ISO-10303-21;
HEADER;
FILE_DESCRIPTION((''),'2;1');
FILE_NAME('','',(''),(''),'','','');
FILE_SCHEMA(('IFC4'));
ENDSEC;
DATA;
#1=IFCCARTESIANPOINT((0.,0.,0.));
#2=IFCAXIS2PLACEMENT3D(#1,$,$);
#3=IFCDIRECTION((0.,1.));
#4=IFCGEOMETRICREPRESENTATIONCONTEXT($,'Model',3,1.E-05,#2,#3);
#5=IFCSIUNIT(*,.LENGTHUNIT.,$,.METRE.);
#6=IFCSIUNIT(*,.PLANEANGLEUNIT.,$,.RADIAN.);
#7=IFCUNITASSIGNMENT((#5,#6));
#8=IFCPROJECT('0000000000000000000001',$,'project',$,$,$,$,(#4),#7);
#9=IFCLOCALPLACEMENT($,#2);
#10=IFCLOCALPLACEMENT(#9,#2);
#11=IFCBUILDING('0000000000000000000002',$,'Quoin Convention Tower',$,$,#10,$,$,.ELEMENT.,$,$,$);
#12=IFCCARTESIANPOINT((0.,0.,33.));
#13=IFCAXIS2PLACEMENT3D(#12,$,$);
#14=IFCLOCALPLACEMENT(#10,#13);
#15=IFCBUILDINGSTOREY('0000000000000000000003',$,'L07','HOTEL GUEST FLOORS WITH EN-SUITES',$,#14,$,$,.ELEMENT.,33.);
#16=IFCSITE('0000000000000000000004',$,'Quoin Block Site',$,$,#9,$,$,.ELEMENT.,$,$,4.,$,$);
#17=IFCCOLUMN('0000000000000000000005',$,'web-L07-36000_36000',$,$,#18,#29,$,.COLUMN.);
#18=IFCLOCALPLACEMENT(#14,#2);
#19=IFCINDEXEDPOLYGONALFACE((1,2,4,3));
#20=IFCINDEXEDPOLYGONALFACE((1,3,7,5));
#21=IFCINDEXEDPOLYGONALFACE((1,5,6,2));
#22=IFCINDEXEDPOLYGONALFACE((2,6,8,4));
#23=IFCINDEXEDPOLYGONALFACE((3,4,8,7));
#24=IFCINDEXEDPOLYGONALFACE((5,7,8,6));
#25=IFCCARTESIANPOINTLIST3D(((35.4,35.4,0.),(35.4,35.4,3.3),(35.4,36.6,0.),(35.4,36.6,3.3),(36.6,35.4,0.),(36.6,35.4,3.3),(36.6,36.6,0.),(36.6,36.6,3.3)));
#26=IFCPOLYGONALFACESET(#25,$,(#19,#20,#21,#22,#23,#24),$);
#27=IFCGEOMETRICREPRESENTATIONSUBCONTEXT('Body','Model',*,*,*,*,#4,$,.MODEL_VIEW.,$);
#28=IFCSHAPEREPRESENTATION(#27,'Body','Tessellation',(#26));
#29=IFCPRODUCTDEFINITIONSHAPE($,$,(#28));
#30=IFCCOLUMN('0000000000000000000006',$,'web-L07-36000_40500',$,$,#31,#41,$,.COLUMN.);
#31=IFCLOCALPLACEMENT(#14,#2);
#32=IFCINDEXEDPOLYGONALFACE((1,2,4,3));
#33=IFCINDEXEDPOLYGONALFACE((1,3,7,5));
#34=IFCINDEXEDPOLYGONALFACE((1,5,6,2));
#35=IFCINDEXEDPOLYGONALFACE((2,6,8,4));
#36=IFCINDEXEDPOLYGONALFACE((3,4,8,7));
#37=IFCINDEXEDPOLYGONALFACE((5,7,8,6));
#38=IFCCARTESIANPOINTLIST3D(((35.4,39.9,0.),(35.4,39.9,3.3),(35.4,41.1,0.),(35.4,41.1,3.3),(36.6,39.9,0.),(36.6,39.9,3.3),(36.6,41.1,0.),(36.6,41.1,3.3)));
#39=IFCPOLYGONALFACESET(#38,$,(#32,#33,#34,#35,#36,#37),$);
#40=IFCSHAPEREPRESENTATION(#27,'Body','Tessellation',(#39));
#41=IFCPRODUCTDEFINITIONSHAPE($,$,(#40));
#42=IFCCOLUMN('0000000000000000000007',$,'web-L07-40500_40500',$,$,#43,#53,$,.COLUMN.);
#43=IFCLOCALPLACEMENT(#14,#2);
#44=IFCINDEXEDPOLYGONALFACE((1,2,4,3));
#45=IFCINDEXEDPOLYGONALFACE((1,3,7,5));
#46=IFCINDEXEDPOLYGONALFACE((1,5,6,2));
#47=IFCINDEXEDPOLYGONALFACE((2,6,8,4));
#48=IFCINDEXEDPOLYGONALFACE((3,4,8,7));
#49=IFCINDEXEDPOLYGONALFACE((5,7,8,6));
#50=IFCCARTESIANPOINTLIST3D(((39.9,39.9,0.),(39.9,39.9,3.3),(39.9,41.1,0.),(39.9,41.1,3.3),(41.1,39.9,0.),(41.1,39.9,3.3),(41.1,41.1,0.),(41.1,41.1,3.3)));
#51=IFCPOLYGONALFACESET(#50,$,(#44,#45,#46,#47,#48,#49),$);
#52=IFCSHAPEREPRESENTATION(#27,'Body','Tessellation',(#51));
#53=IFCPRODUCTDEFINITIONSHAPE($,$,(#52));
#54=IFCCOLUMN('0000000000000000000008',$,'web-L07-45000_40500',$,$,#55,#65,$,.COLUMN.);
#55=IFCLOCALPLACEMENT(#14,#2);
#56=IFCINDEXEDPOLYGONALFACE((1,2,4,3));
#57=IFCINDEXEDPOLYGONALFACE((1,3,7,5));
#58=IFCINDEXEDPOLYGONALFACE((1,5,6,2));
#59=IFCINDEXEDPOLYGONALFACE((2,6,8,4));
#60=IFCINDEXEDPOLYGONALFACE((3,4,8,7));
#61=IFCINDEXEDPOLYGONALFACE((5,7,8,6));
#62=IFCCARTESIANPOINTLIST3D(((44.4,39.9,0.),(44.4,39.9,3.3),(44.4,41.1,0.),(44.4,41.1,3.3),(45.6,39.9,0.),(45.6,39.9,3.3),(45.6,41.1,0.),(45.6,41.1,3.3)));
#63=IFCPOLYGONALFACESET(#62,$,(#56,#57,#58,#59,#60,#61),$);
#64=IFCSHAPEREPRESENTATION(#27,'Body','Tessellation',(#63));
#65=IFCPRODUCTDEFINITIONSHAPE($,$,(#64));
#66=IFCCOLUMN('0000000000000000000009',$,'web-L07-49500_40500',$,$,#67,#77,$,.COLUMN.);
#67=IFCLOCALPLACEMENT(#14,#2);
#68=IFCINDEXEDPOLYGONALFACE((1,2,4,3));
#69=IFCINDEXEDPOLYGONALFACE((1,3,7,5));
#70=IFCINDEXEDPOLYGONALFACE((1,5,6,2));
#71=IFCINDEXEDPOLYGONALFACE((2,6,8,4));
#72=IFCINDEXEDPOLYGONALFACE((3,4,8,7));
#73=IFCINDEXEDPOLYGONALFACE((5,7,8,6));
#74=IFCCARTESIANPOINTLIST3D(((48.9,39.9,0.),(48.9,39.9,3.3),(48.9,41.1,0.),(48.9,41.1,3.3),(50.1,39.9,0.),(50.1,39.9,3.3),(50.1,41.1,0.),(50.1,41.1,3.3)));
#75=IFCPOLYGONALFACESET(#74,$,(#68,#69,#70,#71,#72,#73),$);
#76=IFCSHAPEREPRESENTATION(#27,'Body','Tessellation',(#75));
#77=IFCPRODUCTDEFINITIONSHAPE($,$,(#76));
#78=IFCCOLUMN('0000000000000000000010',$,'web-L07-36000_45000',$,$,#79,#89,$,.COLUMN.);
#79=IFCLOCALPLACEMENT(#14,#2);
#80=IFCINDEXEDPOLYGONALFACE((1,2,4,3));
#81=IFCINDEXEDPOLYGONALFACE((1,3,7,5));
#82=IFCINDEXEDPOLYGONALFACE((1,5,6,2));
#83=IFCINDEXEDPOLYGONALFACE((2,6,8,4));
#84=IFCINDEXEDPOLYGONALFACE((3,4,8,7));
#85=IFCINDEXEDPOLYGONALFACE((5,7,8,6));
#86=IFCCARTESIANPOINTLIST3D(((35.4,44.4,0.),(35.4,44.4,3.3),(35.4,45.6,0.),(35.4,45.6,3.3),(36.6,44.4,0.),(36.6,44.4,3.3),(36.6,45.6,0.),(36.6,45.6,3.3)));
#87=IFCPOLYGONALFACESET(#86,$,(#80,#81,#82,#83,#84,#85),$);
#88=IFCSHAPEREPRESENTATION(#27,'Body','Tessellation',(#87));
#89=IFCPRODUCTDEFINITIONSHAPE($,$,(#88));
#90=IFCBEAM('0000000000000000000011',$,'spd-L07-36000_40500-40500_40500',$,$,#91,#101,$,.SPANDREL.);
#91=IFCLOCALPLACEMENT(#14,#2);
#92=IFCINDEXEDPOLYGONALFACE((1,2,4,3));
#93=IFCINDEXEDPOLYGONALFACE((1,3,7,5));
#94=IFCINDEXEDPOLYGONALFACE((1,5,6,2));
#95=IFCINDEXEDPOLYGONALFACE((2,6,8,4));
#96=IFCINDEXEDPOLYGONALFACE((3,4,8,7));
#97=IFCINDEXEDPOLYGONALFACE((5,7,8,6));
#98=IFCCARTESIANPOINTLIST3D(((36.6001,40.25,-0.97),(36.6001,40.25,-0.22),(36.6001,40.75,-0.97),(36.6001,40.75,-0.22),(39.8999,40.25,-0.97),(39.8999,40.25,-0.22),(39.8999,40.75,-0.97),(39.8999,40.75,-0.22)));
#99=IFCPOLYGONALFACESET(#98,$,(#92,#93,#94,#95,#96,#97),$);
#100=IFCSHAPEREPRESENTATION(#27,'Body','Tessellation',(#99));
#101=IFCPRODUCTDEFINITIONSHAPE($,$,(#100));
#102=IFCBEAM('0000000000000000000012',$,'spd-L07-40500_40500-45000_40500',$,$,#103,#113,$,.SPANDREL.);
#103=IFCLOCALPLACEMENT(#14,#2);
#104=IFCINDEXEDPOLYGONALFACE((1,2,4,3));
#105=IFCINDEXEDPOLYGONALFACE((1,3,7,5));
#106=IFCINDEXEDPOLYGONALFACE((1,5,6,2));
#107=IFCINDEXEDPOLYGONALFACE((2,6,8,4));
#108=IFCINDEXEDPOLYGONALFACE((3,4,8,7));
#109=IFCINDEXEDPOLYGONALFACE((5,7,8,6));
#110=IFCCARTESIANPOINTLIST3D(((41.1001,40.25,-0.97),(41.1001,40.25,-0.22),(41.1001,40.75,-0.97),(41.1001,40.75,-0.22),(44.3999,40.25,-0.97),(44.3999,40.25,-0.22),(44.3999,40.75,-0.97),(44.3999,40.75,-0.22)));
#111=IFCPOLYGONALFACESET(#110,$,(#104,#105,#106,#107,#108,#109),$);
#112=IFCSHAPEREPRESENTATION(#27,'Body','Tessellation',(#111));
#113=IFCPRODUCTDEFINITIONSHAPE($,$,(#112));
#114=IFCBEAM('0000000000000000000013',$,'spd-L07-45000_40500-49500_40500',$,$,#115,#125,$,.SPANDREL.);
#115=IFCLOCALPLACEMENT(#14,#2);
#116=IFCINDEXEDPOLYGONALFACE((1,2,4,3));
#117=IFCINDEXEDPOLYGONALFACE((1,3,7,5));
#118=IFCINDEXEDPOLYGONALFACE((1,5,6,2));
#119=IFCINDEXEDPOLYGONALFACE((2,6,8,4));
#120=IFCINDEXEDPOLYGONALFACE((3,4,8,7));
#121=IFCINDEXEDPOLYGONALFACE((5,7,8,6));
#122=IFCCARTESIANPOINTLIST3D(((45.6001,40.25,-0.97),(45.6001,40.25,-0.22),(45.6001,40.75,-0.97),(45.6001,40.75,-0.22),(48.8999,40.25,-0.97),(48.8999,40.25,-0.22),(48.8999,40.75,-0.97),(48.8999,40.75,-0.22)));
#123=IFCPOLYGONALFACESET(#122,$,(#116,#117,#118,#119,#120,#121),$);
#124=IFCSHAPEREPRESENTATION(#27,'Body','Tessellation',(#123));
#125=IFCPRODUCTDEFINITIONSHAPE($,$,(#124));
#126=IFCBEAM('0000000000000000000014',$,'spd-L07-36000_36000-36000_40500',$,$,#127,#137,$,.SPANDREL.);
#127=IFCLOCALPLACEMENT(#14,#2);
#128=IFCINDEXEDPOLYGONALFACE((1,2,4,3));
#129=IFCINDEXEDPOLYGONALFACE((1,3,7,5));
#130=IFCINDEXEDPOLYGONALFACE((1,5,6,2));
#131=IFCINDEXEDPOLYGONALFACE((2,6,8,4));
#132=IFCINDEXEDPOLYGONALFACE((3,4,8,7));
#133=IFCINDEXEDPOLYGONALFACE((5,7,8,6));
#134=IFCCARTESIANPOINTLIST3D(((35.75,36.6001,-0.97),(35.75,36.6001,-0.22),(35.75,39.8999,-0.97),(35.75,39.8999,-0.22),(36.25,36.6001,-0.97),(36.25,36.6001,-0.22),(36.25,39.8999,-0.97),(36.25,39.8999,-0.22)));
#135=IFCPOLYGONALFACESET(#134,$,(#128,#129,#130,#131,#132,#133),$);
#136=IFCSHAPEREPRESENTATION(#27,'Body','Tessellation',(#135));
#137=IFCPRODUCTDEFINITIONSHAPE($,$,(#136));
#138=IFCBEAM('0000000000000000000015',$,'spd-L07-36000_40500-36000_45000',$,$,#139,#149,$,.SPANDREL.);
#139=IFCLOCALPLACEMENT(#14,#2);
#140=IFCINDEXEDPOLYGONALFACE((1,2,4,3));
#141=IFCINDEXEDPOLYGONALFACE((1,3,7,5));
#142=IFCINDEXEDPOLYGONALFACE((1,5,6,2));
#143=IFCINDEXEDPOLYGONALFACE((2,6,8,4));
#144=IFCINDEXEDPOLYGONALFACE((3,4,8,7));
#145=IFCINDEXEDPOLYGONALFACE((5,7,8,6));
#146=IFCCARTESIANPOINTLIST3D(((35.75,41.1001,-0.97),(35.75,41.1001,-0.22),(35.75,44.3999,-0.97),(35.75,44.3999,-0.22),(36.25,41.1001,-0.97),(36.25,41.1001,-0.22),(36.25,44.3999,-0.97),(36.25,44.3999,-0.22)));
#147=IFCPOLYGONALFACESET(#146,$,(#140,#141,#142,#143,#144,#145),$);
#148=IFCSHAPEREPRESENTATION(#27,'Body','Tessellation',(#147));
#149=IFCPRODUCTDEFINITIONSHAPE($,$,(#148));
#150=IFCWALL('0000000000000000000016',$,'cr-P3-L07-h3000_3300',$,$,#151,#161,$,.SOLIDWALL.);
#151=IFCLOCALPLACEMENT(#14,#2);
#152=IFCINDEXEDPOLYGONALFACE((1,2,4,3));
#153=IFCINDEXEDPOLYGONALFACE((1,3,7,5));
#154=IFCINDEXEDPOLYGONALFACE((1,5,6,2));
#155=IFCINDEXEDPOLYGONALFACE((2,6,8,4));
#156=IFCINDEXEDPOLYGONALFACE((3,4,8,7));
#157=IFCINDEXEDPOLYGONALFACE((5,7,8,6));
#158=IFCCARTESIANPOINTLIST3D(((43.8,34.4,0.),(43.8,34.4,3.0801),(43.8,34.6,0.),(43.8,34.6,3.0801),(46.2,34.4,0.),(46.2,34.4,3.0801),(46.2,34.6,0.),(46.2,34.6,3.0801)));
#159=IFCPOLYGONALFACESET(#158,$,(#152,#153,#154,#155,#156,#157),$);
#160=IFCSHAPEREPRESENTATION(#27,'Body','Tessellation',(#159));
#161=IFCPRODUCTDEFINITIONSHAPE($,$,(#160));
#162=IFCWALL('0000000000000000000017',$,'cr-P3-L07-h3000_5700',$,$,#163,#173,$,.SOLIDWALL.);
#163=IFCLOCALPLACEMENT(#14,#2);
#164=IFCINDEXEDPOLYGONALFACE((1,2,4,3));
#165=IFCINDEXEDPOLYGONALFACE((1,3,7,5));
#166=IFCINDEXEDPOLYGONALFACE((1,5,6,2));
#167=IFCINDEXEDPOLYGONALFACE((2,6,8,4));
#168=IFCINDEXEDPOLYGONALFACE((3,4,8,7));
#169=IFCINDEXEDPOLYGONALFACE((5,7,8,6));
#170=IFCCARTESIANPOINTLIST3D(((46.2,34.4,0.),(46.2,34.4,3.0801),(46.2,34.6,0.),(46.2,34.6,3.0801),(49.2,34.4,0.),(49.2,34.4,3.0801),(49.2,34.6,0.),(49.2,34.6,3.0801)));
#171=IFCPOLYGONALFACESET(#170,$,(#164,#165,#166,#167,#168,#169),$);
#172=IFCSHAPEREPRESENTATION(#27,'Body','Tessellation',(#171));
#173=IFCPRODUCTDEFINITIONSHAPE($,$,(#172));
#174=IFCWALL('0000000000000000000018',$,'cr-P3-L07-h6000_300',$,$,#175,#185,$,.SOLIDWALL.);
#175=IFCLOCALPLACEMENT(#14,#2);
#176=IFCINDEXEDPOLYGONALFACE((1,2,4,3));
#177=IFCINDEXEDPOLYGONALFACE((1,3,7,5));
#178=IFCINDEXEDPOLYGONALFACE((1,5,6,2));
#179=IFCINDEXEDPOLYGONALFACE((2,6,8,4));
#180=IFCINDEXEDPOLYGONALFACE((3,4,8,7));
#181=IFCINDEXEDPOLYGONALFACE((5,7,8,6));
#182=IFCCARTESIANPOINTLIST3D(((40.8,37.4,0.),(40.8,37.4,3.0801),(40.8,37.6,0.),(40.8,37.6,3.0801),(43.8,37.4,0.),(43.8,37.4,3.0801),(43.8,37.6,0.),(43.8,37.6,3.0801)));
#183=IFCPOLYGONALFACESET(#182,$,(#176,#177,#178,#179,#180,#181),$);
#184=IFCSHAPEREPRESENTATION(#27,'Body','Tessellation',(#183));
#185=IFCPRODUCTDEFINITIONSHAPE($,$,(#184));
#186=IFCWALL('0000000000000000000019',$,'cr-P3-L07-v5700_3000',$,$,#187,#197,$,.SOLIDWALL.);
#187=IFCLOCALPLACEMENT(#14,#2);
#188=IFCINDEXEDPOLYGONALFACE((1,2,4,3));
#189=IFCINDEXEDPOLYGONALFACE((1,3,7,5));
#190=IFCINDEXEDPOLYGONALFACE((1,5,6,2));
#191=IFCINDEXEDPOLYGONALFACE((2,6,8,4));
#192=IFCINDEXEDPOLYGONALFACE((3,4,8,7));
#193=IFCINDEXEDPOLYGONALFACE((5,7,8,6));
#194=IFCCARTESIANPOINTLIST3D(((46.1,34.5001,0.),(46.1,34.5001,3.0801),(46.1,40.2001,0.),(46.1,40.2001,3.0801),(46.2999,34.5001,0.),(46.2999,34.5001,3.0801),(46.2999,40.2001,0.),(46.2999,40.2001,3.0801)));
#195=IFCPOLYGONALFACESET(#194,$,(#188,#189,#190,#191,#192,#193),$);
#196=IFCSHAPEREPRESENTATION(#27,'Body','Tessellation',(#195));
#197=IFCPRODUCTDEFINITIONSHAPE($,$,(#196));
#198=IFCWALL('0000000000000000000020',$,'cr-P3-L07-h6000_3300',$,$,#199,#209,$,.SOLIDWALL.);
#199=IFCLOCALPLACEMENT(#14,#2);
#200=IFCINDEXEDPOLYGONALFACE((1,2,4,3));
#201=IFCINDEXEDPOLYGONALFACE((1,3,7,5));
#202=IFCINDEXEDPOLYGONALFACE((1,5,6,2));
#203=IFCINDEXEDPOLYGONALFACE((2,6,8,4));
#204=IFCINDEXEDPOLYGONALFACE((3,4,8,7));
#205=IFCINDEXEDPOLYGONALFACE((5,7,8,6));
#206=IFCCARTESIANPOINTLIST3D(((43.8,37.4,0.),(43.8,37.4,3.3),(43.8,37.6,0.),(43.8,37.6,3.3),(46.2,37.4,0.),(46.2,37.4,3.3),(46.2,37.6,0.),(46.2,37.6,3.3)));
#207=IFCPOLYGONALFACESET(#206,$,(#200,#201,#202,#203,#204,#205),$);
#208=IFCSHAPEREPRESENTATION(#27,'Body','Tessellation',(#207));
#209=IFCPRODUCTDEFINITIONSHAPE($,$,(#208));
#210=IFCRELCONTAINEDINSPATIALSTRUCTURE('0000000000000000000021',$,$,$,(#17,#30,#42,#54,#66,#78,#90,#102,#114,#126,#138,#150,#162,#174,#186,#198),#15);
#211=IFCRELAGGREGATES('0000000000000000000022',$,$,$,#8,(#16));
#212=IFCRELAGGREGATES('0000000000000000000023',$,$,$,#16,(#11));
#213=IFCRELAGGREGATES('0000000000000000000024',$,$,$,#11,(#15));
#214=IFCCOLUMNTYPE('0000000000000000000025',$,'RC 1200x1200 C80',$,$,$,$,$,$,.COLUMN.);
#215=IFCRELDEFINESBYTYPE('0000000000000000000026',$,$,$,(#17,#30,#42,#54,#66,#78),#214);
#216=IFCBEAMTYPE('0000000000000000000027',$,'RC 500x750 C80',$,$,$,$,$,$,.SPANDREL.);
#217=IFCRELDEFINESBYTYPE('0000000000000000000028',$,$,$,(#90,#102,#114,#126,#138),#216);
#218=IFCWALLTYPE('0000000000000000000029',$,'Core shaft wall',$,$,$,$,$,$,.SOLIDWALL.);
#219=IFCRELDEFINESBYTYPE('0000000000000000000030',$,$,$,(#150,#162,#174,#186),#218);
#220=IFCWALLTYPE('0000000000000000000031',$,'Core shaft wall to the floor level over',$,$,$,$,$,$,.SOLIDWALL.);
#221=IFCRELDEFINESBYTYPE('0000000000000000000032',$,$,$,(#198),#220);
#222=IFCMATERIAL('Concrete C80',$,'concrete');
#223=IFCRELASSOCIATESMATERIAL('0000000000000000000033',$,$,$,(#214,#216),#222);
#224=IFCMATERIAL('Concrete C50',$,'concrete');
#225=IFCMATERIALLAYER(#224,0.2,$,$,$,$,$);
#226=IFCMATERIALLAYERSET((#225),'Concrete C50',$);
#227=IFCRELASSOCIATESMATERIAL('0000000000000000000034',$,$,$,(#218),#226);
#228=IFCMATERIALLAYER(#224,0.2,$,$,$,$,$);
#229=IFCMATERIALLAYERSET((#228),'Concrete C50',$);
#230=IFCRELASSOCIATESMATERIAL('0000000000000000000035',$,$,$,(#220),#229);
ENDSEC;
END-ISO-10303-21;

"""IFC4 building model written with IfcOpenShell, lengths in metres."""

from ifc_helpers import new_model, si_unit, direction, frame, frame_2d, origin, origin_2d, place, context, subcontext, project, spatial, rectangle, extrude, material, layer, layer_set, material_profile, profile_set, type_object, element, save


model = new_model("IFC4")

# Units and contexts
model_context = context("Model", 3, precision=1e-05, world=origin(), true_north=direction((0.0, 1.0)))
body_context = subcontext(model_context, "Body", "Model", "MODEL_VIEW")
ifc_project = project(units=[si_unit("LENGTHUNIT", "METRE"), si_unit("PLANEANGLEUNIT", "RADIAN")], contexts=[model_context])

# Site, building, storey
site_placement = place(None, origin())
site = spatial("IfcSite", under=ifc_project, at=site_placement, Name="Quoin Block Site", CompositionType="ELEMENT", RefElevation=4.0)
building_placement = place(site_placement, origin())
building = spatial("IfcBuilding", under=site, at=building_placement, Name="Quoin Convention Tower", CompositionType="ELEMENT")
storey_placement = place(building_placement, frame((0.0, 0.0, 33.0)))
storey = spatial("IfcBuildingStorey", under=building, at=storey_placement, Name="L07", Description="HOTEL GUEST FLOORS WITH EN-SUITES", CompositionType="ELEMENT", Elevation=33.0)

# Columns
ifc_material_1 = material(Name="Concrete C80", Category="concrete")
ifc_material_profile_1 = material_profile(ifc_material_1, rectangle(XDim=1.2, YDim=1.2, at=origin_2d()), Name="RC 1200x1200")
ifc_profile_set_1 = profile_set([ifc_material_profile_1], Name="Concrete C80")
column_type = type_object("IfcColumnType", Name="RC 1200x1200 C80", PredefinedType="COLUMN", material=ifc_profile_set_1)
for number, where, z_axis, x_axis, name in (
    (1, (36.0, 36.0, 0.0), (0.0, 0.0, 1.0), (1.0, 0.0, 0.0), "web-L07-36000_36000"),
    (2, (36.0, 40.5, 0.0), (0.0, 0.0, 1.0), (1.0, 0.0, 0.0), "web-L07-36000_40500"),
    (3, (40.5, 40.5, 0.0), (0.0, 0.0, 1.0), (1.0, 0.0, 0.0), "web-L07-40500_40500"),
    (4, (45.0, 40.5, 0.0), (0.0, 0.0, 1.0), (1.0, 0.0, 0.0), "web-L07-45000_40500"),
    (5, (49.5, 40.5, 0.0), (0.0, 0.0, 1.0), (1.0, 0.0, 0.0), "web-L07-49500_40500"),
    (6, (36.0, 45.0, 0.0), (0.0, 0.0, 1.0), (1.0, 0.0, 0.0), "web-L07-36000_45000"),
):
    element("IfcColumn", number, at=place(storey_placement, frame(where, z_axis=z_axis, x_axis=x_axis)), inside=storey, type_object=column_type, Name=name, PredefinedType="COLUMN", context=body_context, shape_type="SweptSolid", body=[
        extrude(rectangle(XDim=1.2, YDim=1.2, at=origin_2d()), origin(), (0.0, 0.0, 1.0), 3.3),
    ])

# Beams
ifc_material_profile_2 = material_profile(ifc_material_1, rectangle(XDim=0.5, YDim=0.75, at=origin_2d()), Name="RC 500x750")
ifc_profile_set_2 = profile_set([ifc_material_profile_2], Name="Concrete C80")
beam_type = type_object("IfcBeamType", Name="RC 500x750 C80", PredefinedType="SPANDREL", material=ifc_profile_set_2)
for number, where, z_axis, x_axis, name in (
    (7, (36.6001, 40.5, -0.595), (1.0, 0.0, 0.0), (0.0, 1.0, 0.0), "spd-L07-36000_40500-40500_40500"),
    (8, (41.1001, 40.5, -0.595), (1.0, 0.0, 0.0), (0.0, 1.0, 0.0), "spd-L07-40500_40500-45000_40500"),
    (9, (45.6001, 40.5, -0.595), (1.0, 0.0, 0.0), (0.0, 1.0, 0.0), "spd-L07-45000_40500-49500_40500"),
    (10, (36.0, 36.6001, -0.595), (0.0, 1.0, 0.0), (-1.0, 0.0, 0.0), "spd-L07-36000_36000-36000_40500"),
    (11, (36.0, 41.1001, -0.595), (0.0, 1.0, 0.0), (-1.0, 0.0, 0.0), "spd-L07-36000_40500-36000_45000"),
):
    element("IfcBeam", number, at=place(storey_placement, frame(where, z_axis=z_axis, x_axis=x_axis)), inside=storey, type_object=beam_type, Name=name, PredefinedType="SPANDREL", context=body_context, shape_type="SweptSolid", body=[
        extrude(rectangle(XDim=0.5, YDim=0.75, at=origin_2d()), origin(), (0.0, 0.0, 1.0), 3.2998),
    ])

# Walls
ifc_material_2 = material(Name="Concrete C50", Category="concrete")
ifc_layer_1 = layer(ifc_material_2, 0.2)
ifc_layer_set_1 = layer_set([ifc_layer_1], Name="Concrete C50")
wall_type_1 = type_object("IfcWallType", Name="Core shaft wall", PredefinedType="SOLIDWALL", material=ifc_layer_set_1)
wall_1_placement = place(storey_placement, frame((43.8, 34.5, 0.0), z_axis=(0.0, 0.0, 1.0), x_axis=(1.0, 0.0, 0.0)))
element("IfcWall", 12, at=wall_1_placement, inside=storey, type_object=wall_type_1, Name="cr-P3-L07-h3000_3300", PredefinedType="SOLIDWALL", context=body_context, shape_type="SweptSolid", body=[
    extrude(rectangle(XDim=2.3999, YDim=0.2, at=frame_2d((1.2, 0.0))), origin(), (0.0, 0.0, 1.0), 3.0801),
])
for number, where, z_axis, x_axis, name in (
    (13, (46.2, 34.5, 0.0), (0.0, 0.0, 1.0), (1.0, 0.0, 0.0), "cr-P3-L07-h3000_5700"),
    (14, (40.8, 37.5, 0.0), (0.0, 0.0, 1.0), (1.0, 0.0, 0.0), "cr-P3-L07-h6000_300"),
):
    element("IfcWall", number, at=place(storey_placement, frame(where, z_axis=z_axis, x_axis=x_axis)), inside=storey, type_object=wall_type_1, Name=name, PredefinedType="SOLIDWALL", context=body_context, shape_type="SweptSolid", body=[
        extrude(rectangle(XDim=3.0, YDim=0.2, at=frame_2d((1.5, 0.0))), origin(), (0.0, 0.0, 1.0), 3.0801),
    ])
wall_2_placement = place(storey_placement, frame((46.2, 34.5, 0.0), z_axis=(0.0, 0.0, 1.0), x_axis=(0.0, 1.0, 0.0)))
element("IfcWall", 15, at=wall_2_placement, inside=storey, type_object=wall_type_1, Name="cr-P3-L07-v5700_3000", PredefinedType="SOLIDWALL", context=body_context, shape_type="SweptSolid", body=[
    extrude(rectangle(XDim=5.7, YDim=0.2, at=frame_2d((2.8501, 0.0))), origin(), (0.0, 0.0, 1.0), 3.0801),
])
ifc_layer_2 = layer(ifc_material_2, 0.2)
ifc_layer_set_2 = layer_set([ifc_layer_2], Name="Concrete C50")
wall_type_2 = type_object("IfcWallType", Name="Core shaft wall to the floor level over", PredefinedType="SOLIDWALL", material=ifc_layer_set_2)
wall_3_placement = place(storey_placement, frame((43.8, 37.5, 0.0), z_axis=(0.0, 0.0, 1.0), x_axis=(1.0, 0.0, 0.0)))
element("IfcWall", 16, at=wall_3_placement, inside=storey, type_object=wall_type_2, Name="cr-P3-L07-h6000_3300", PredefinedType="SOLIDWALL", context=body_context, shape_type="SweptSolid", body=[
    extrude(rectangle(XDim=2.3999, YDim=0.2, at=frame_2d((1.2, 0.0))), origin(), (0.0, 0.0, 1.0), 3.3),
])

save(model, "model.ifc")
